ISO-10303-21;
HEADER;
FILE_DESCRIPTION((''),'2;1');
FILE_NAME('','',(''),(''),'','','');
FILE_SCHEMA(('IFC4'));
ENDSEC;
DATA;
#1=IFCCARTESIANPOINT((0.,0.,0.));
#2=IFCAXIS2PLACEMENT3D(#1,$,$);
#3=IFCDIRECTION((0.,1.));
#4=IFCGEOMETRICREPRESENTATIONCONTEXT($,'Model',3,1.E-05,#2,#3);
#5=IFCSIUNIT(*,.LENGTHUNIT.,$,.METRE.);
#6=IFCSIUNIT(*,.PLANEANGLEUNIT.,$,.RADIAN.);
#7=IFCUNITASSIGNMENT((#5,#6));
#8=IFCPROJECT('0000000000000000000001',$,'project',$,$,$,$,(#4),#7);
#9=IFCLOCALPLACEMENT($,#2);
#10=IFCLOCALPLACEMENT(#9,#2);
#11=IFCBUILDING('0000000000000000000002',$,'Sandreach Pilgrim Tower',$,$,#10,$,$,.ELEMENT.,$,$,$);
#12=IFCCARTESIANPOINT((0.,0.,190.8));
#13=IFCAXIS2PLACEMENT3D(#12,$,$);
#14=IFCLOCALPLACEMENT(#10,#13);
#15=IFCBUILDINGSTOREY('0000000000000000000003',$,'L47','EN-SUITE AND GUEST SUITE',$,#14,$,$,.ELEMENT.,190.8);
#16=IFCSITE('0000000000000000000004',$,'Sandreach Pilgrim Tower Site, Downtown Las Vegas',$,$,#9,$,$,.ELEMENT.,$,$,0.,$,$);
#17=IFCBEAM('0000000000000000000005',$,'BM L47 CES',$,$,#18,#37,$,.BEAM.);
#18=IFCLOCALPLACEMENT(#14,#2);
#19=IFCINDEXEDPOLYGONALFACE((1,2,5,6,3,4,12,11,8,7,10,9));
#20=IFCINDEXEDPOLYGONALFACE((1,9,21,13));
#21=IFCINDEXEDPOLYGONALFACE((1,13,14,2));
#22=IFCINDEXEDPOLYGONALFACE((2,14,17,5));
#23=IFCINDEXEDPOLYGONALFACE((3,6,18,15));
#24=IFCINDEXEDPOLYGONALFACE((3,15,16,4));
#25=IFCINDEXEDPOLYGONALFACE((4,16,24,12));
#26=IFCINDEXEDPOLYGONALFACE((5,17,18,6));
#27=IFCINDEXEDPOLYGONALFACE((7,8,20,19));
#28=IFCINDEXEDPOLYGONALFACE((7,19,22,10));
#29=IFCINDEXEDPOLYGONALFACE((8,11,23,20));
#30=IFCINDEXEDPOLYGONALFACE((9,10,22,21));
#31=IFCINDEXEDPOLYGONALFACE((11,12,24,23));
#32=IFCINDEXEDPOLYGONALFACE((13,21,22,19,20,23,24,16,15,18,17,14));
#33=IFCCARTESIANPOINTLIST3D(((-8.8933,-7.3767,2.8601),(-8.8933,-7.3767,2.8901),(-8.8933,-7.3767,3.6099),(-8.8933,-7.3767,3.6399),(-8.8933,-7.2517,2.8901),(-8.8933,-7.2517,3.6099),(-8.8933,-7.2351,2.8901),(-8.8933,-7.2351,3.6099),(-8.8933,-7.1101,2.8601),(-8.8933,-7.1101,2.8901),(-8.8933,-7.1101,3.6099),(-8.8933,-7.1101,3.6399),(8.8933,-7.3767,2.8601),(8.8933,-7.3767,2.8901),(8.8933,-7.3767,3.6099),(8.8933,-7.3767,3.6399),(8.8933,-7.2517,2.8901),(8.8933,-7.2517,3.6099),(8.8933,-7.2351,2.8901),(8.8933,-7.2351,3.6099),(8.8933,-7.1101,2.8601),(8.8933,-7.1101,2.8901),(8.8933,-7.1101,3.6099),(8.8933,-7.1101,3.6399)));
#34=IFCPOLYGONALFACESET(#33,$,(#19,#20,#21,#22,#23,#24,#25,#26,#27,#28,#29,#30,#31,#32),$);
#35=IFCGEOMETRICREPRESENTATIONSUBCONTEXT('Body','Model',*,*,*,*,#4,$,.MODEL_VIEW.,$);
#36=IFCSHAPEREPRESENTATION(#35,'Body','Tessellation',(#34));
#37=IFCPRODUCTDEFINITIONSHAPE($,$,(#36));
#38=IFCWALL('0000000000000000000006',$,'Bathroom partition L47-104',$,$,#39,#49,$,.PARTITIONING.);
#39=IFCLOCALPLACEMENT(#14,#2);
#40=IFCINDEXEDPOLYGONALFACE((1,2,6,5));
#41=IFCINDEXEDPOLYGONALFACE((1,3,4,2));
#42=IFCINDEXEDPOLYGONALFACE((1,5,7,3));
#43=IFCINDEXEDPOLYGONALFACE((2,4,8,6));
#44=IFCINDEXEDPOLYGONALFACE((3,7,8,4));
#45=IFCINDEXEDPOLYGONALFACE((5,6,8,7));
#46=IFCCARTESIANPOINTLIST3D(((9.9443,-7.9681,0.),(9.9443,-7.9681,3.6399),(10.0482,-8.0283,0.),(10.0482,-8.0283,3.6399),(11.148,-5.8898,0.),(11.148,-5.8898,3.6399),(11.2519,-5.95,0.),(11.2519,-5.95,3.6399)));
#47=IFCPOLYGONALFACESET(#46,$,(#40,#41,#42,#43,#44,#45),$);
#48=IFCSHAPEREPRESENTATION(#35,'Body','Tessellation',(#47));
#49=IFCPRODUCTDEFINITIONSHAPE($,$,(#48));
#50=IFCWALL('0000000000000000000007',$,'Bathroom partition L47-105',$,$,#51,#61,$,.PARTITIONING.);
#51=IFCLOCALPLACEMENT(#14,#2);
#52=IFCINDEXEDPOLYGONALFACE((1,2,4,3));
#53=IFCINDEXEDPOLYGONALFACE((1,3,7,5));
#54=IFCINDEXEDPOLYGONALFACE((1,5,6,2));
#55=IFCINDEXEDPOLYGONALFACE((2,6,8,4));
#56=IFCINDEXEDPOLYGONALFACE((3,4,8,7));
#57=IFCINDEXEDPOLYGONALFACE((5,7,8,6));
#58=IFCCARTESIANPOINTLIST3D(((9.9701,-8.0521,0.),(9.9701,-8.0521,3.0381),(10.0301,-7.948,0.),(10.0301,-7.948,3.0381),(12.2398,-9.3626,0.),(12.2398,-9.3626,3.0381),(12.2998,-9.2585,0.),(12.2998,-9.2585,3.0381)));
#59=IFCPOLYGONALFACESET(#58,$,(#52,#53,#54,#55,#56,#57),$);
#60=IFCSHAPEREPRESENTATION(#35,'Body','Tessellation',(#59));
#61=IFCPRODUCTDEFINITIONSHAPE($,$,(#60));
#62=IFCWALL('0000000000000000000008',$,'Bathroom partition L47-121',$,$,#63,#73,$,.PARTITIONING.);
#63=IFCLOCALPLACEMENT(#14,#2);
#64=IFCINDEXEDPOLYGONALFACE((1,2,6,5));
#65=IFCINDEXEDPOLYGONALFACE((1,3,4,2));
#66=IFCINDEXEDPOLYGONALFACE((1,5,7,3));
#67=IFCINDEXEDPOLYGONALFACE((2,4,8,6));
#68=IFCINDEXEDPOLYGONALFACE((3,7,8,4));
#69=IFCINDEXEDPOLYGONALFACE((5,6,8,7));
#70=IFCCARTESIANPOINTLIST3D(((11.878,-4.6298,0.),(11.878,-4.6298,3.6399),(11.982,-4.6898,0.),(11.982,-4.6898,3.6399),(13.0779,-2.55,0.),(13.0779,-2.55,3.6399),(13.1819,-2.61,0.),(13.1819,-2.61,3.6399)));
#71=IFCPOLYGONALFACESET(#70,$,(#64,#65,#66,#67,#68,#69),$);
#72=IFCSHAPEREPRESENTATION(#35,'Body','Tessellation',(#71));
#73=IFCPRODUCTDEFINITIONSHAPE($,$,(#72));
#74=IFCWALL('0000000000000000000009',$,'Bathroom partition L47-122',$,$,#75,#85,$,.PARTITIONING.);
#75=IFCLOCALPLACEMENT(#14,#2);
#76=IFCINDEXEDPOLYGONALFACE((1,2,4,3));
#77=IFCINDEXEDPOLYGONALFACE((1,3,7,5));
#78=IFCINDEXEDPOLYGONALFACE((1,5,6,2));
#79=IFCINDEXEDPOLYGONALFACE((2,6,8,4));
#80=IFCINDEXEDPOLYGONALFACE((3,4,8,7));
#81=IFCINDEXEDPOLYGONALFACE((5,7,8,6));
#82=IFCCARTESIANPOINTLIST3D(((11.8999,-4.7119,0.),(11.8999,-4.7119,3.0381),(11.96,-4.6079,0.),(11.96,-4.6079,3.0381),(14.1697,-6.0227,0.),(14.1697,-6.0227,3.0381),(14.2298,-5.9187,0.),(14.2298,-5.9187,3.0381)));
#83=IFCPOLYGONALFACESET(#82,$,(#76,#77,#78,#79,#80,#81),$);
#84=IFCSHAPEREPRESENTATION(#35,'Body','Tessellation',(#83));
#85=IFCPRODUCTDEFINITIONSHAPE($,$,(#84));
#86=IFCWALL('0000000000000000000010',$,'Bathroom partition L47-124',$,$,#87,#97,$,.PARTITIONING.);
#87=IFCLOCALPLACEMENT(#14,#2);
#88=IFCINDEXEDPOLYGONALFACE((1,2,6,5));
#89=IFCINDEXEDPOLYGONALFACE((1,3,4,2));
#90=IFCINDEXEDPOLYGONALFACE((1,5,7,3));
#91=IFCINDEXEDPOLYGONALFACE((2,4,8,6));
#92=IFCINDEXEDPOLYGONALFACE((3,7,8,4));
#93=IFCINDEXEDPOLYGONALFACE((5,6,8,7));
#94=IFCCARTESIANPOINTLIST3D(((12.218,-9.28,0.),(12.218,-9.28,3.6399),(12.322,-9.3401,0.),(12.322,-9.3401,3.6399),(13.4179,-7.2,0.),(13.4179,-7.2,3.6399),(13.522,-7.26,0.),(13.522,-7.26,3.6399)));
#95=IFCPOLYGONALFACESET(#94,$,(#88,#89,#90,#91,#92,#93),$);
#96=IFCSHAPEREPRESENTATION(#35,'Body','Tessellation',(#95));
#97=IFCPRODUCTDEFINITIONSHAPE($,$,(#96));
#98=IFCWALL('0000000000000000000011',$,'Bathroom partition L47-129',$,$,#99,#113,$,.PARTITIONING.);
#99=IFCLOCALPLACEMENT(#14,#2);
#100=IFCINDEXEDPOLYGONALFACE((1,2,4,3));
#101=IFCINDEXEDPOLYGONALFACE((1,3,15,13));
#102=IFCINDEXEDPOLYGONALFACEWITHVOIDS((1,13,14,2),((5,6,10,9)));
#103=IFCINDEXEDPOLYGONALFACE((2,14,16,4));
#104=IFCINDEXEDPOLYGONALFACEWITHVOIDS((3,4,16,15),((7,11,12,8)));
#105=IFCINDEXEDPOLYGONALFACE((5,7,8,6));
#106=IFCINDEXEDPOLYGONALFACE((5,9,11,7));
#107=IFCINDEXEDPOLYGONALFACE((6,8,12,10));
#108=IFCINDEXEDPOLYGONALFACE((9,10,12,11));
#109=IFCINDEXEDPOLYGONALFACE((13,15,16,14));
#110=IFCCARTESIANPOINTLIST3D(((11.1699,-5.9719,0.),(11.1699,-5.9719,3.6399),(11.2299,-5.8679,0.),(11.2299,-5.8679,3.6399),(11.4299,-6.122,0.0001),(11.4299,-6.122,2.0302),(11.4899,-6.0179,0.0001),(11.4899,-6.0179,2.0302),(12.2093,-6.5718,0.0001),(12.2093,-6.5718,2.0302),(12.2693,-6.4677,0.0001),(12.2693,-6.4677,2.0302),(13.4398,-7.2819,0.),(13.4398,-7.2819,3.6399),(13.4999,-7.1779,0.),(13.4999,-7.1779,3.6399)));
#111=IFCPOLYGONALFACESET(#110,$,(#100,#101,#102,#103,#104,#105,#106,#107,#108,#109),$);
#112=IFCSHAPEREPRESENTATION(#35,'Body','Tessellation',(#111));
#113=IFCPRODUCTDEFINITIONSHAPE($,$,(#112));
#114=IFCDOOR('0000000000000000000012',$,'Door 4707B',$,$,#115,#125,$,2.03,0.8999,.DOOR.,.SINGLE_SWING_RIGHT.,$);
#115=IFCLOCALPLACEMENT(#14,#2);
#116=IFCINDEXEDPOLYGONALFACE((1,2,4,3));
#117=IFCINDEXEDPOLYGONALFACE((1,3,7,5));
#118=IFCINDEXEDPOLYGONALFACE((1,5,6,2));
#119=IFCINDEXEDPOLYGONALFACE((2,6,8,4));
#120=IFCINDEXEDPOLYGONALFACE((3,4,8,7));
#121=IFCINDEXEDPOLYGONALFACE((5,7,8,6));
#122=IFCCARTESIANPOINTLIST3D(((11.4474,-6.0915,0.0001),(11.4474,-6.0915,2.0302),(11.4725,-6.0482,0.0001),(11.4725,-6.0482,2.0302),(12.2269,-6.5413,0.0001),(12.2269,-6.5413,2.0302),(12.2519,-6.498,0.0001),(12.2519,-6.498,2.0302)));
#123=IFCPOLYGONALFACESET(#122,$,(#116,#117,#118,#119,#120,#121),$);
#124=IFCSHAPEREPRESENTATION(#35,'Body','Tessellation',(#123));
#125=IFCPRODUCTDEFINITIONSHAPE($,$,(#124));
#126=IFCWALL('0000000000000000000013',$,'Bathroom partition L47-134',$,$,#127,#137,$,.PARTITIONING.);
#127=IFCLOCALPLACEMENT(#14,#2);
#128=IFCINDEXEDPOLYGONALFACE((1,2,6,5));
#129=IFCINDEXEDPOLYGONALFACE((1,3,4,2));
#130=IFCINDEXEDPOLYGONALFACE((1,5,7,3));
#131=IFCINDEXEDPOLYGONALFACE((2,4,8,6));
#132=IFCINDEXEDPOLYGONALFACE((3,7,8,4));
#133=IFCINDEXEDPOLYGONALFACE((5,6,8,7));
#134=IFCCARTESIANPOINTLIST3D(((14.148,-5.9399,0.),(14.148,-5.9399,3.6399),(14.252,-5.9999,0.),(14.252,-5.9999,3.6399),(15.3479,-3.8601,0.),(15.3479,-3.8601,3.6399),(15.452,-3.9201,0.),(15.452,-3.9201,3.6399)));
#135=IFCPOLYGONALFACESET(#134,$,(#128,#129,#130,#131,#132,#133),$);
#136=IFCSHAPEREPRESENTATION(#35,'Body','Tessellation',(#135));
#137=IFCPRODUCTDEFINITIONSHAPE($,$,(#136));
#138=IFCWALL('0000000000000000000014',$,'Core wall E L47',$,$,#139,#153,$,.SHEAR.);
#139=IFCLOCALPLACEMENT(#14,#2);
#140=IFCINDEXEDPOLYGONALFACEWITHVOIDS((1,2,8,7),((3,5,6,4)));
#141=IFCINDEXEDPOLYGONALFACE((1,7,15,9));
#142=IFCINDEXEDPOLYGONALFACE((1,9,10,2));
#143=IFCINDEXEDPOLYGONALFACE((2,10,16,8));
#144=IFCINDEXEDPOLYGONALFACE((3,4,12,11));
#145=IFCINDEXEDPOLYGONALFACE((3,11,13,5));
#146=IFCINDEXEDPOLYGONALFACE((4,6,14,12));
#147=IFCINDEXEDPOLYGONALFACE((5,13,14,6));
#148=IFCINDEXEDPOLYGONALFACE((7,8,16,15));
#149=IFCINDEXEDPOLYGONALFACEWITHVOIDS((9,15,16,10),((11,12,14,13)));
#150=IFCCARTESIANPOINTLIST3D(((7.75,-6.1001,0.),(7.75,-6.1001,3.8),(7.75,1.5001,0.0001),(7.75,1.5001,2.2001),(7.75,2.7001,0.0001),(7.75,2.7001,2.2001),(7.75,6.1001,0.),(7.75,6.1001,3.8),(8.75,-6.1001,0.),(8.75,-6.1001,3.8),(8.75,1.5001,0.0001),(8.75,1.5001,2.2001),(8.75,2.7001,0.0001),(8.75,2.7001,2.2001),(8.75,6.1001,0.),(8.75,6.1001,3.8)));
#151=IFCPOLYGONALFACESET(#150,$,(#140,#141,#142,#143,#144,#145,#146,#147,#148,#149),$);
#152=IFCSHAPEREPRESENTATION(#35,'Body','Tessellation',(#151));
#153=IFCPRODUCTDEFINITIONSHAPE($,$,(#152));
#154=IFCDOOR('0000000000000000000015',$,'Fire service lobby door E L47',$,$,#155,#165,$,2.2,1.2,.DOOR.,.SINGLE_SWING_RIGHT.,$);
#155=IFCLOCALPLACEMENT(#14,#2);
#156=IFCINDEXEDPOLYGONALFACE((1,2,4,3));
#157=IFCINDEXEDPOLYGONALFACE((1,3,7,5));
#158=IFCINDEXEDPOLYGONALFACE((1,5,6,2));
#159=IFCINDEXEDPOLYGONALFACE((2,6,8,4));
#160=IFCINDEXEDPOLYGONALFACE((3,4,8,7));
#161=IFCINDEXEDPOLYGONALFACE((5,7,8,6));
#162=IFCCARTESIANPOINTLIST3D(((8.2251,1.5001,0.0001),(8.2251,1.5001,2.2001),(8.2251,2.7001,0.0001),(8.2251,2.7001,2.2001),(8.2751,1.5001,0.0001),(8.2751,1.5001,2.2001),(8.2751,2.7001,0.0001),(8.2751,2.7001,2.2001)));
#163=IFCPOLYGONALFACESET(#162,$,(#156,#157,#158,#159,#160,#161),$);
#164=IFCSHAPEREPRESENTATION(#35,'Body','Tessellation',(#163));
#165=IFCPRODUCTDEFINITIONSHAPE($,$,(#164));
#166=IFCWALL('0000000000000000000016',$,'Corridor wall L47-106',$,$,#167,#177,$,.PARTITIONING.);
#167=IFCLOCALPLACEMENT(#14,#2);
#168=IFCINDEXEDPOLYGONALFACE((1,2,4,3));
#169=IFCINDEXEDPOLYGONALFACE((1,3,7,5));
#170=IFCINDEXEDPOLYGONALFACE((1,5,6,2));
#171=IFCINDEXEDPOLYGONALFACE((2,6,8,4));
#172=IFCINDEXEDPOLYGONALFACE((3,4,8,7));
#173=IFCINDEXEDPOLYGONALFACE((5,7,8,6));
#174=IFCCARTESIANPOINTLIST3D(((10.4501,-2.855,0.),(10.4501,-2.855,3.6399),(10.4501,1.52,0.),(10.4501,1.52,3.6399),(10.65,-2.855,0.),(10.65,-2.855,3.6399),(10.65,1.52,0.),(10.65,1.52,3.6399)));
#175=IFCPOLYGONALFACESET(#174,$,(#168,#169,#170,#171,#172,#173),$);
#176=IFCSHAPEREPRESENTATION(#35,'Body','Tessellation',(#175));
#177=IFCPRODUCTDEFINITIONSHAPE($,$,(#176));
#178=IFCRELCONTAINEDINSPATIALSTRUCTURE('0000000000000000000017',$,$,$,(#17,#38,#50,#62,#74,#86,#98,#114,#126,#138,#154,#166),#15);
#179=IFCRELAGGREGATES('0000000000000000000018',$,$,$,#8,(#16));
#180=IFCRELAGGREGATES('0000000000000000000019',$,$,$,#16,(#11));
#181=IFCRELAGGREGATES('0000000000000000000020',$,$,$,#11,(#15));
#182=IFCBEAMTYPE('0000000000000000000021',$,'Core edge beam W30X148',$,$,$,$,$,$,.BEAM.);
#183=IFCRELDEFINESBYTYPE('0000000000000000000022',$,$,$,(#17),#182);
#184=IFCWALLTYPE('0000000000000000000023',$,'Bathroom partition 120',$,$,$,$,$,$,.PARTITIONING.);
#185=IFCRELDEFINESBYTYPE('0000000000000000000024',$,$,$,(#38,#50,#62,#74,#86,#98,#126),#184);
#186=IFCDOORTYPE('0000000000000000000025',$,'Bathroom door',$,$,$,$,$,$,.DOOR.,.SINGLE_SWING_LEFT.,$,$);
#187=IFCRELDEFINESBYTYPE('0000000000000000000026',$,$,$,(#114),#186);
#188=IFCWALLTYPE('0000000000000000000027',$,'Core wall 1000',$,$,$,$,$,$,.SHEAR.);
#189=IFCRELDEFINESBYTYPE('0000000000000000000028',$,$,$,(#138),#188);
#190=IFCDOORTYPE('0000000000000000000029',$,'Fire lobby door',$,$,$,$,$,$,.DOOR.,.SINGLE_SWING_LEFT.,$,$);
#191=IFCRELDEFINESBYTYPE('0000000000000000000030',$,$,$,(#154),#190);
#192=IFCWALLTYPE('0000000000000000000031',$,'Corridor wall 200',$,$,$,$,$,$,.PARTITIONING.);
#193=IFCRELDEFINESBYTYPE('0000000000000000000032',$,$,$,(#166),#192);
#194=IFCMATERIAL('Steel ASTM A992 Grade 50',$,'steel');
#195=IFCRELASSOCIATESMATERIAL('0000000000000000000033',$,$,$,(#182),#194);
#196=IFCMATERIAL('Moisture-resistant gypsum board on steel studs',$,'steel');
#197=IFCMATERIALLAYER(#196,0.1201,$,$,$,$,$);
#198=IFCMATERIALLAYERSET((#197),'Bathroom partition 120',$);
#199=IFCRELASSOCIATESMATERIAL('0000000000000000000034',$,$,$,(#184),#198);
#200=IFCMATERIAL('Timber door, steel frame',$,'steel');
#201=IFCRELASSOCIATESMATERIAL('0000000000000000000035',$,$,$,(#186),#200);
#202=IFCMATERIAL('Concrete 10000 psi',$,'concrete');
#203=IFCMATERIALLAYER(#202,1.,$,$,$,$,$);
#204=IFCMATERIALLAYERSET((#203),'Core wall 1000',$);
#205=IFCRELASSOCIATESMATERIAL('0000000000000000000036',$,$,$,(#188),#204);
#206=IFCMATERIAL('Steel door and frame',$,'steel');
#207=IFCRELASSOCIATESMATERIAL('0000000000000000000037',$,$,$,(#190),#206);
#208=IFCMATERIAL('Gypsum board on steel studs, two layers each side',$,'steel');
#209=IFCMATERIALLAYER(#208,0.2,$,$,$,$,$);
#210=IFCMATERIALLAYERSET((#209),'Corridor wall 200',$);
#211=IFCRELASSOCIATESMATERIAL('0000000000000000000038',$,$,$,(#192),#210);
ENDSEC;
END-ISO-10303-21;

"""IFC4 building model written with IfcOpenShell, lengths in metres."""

from ifc_helpers import new_model, si_unit, direction, frame, frame_2d, origin, origin_2d, place, context, subcontext, project, spatial, rectangle, i_section, extrude, material, layer, layer_set, material_profile, profile_set, type_object, element, fill, save


model = new_model("IFC4")

# Units and contexts
model_context = context("Model", 3, precision=1e-05, world=origin(), true_north=direction((0.0, 1.0)))
body_context = subcontext(model_context, "Body", "Model", "MODEL_VIEW")
ifc_project = project(units=[si_unit("LENGTHUNIT", "METRE"), si_unit("PLANEANGLEUNIT", "RADIAN")], contexts=[model_context])

# Site, building, storey
site_placement = place(None, origin())
site = spatial("IfcSite", under=ifc_project, at=site_placement, Name="Sandreach Pilgrim Tower Site, Downtown Las Vegas", CompositionType="ELEMENT", RefElevation=0.0)
building_placement = place(site_placement, origin())
building = spatial("IfcBuilding", under=site, at=building_placement, Name="Sandreach Pilgrim Tower", CompositionType="ELEMENT")
storey_placement = place(building_placement, frame((0.0, 0.0, 190.8)))
storey = spatial("IfcBuildingStorey", under=building, at=storey_placement, Name="L47", Description="EN-SUITE AND GUEST SUITE", CompositionType="ELEMENT", Elevation=190.8)

# Beam
ifc_material_1 = material(Name="Steel ASTM A992 Grade 50", Category="steel")
ifc_material_profile = material_profile(ifc_material_1, i_section(OverallWidth=0.2666, OverallDepth=0.7798, WebThickness=0.0166, FlangeThickness=0.03, at=origin_2d()), Name="W30X148")
ifc_profile_set = profile_set([ifc_material_profile], Name="Steel ASTM A992 Grade 50")
beam_type = type_object("IfcBeamType", Name="Core edge beam W30X148", PredefinedType="BEAM", material=ifc_profile_set)
beam_placement = place(storey_placement, frame((8.8933, -7.2434, 3.25), z_axis=(-1.0, 0.0, 0.0), x_axis=(0.0, -1.0, 0.0)))
element("IfcBeam", 1, at=beam_placement, inside=storey, type_object=beam_type, Name="BM L47 CES", PredefinedType="BEAM", context=body_context, shape_type="SweptSolid", body=[
    extrude(i_section(OverallWidth=0.2666, OverallDepth=0.7798, WebThickness=0.0166, FlangeThickness=0.03, at=origin_2d()), origin(), (0.0, 0.0, 1.0), 17.7866),
])

# Walls
ifc_material_2 = material(Name="Moisture-resistant gypsum board on steel studs", Category="steel")
ifc_layer_1 = layer(ifc_material_2, 0.1201)
ifc_layer_set_1 = layer_set([ifc_layer_1], Name="Bathroom partition 120")
wall_type_1 = type_object("IfcWallType", Name="Bathroom partition 120", PredefinedType="PARTITIONING", material=ifc_layer_set_1)
wall_1_placement = place(storey_placement, frame((9.9963, -7.998, 0.0), z_axis=(0.0, 0.0, 1.0), x_axis=(0.501189, 0.865338, 0.0)))
element("IfcWall", 2, at=wall_1_placement, inside=storey, type_object=wall_type_1, Name="Bathroom partition L47-104", PredefinedType="PARTITIONING", context=body_context, shape_type="SweptSolid", body=[
    extrude(rectangle(XDim=2.4016, YDim=0.1201, at=frame_2d((1.2007, 0.0))), origin(), (0.0, 0.0, 1.0), 3.6399),
])
wall_2_placement = place(storey_placement, frame((10.0, -8.0, 0.0), z_axis=(0.0, 0.0, 1.0), x_axis=(0.86601, -0.500026, 0.0)))
element("IfcWall", 3, at=wall_2_placement, inside=storey, type_object=wall_type_1, Name="Bathroom partition L47-105", PredefinedType="PARTITIONING", context=body_context, shape_type="SweptSolid", body=[
    extrude(rectangle(XDim=2.6208, YDim=0.1201, at=frame_2d((1.3105, 0.0))), origin(), (0.0, 0.0, 1.0), 3.0381),
])
wall_3_placement = place(storey_placement, frame((11.9299, -4.6599, 0.0), z_axis=(0.0, 0.0, 1.0), x_axis=(0.499737, 0.866177, 0.0)))
element("IfcWall", 4, at=wall_3_placement, inside=storey, type_object=wall_type_1, Name="Bathroom partition L47-121", PredefinedType="PARTITIONING", context=body_context, shape_type="SweptSolid", body=[
    extrude(rectangle(XDim=2.4011, YDim=0.1201, at=frame_2d((1.2007, 0.0))), origin(), (0.0, 0.0, 1.0), 3.6399),
])
wall_4_placement = place(storey_placement, frame((11.9299, -4.6599, 0.0), z_axis=(0.0, 0.0, 1.0), x_axis=(0.86597, -0.500096, 0.0)))
element("IfcWall", 5, at=wall_4_placement, inside=storey, type_object=wall_type_1, Name="Bathroom partition L47-122", PredefinedType="PARTITIONING", context=body_context, shape_type="SweptSolid", body=[
    extrude(rectangle(XDim=2.6211, YDim=0.1201, at=frame_2d((1.3105, 0.0))), origin(), (0.0, 0.0, 1.0), 3.0381),
])
wall_5_placement = place(storey_placement, frame((12.27, -9.3101, 0.0), z_axis=(0.0, 0.0, 1.0), x_axis=(0.499693, 0.866203, 0.0)))
element("IfcWall", 6, at=wall_5_placement, inside=storey, type_object=wall_type_1, Name="Bathroom partition L47-124", PredefinedType="PARTITIONING", context=body_context, shape_type="SweptSolid", body=[
    extrude(rectangle(XDim=2.4014, YDim=0.1201, at=frame_2d((1.2007, 0.0))), origin(), (0.0, 0.0, 1.0), 3.6399),
])

# Wall, opening, door
wall_6_placement = place(storey_placement, frame((13.47, -7.23, 0.0), z_axis=(0.0, 0.0, 1.0), x_axis=(-0.866114, 0.499846, 0.0)))
wall_6 = element("IfcWall", 7, at=wall_6_placement, inside=storey, type_object=wall_type_1, Name="Bathroom partition L47-129", PredefinedType="PARTITIONING", context=body_context, shape_type="SweptSolid", body=[
    extrude(rectangle(XDim=2.6208, YDim=0.1201, at=frame_2d((1.3105, 0.0))), origin(), (0.0, 0.0, 1.0), 3.6399),
])
opening_1_placement = place(wall_6_placement, frame((1.4209, 0.0, 0.0)))
opening_1 = element("IfcOpeningElement", 8, at=opening_1_placement, cuts=wall_6, PredefinedType="OPENING", context=body_context, shape_type="SweptSolid", body=[
    extrude(rectangle(XDim=0.8999, YDim=2.03, at=frame_2d((0.45, 1.0151))), frame((0.0, 0.0601, 0.0), z_axis=(0.0, -1.0, 0.0), x_axis=(1.0, 0.0, 0.0)), (0.0, 0.0, 1.0), 0.1201),
])
ifc_material_3 = material(Name="Timber door, steel frame", Category="steel")
door_type_1 = type_object("IfcDoorType", Name="Bathroom door", OperationType="SINGLE_SWING_LEFT", PredefinedType="DOOR", material=ifc_material_3)
door_1_placement = place(opening_1_placement, origin())
door_1 = element("IfcDoor", 9, at=door_1_placement, inside=storey, type_object=door_type_1, Name="Door 4707B", OperationType="SINGLE_SWING_RIGHT", OverallHeight=2.03, OverallWidth=0.8999, PredefinedType="DOOR", context=body_context, shape_type="SweptSolid", body=[
    extrude(rectangle(XDim=0.8999, YDim=2.03, at=frame_2d((0.45, 1.0151))), frame((0.0, 0.0249, 0.0), z_axis=(0.0, -1.0, 0.0), x_axis=(1.0, 0.0, 0.0)), (0.0, 0.0, 1.0), 0.05),
])
fill(opening_1, door_1)

# Wall
wall_7_placement = place(storey_placement, frame((14.2, -5.97, 0.0), z_axis=(0.0, 0.0, 1.0), x_axis=(0.499737, 0.866177, 0.0)))
element("IfcWall", 10, at=wall_7_placement, inside=storey, type_object=wall_type_1, Name="Bathroom partition L47-134", PredefinedType="PARTITIONING", context=body_context, shape_type="SweptSolid", body=[
    extrude(rectangle(XDim=2.4011, YDim=0.1201, at=frame_2d((1.2007, 0.0))), origin(), (0.0, 0.0, 1.0), 3.6399),
])

# Wall, opening, door
ifc_material_4 = material(Name="Concrete 10000 psi", Category="concrete")
ifc_layer_2 = layer(ifc_material_4, 1.0)
ifc_layer_set_2 = layer_set([ifc_layer_2], Name="Core wall 1000")
wall_type_2 = type_object("IfcWallType", Name="Core wall 1000", PredefinedType="SHEAR", material=ifc_layer_set_2)
wall_8_placement = place(storey_placement, frame((8.25, -6.1001, 0.0), z_axis=(0.0, 0.0, 1.0), x_axis=(0.0, 1.0, 0.0)))
wall_8 = element("IfcWall", 11, at=wall_8_placement, inside=storey, type_object=wall_type_2, Name="Core wall E L47", PredefinedType="SHEAR", context=body_context, shape_type="SweptSolid", body=[
    extrude(rectangle(XDim=12.2002, YDim=1.0, at=frame_2d((6.1001, 0.0))), origin(), (0.0, 0.0, 1.0), 3.8),
])
opening_2_placement = place(wall_8_placement, frame((7.6001, 0.0, 0.0)))
opening_2 = element("IfcOpeningElement", 12, at=opening_2_placement, cuts=wall_8, PredefinedType="OPENING", context=body_context, shape_type="SweptSolid", body=[
    extrude(rectangle(XDim=1.2, YDim=2.2, at=frame_2d((0.6001, 1.1001))), frame((0.0, 0.5, 0.0), z_axis=(0.0, -1.0, 0.0), x_axis=(1.0, 0.0, 0.0)), (0.0, 0.0, 1.0), 1.0),
])
ifc_material_5 = material(Name="Steel door and frame", Category="steel")
door_type_2 = type_object("IfcDoorType", Name="Fire lobby door", OperationType="SINGLE_SWING_LEFT", PredefinedType="DOOR", material=ifc_material_5)
door_2_placement = place(opening_2_placement, origin())
door_2 = element("IfcDoor", 13, at=door_2_placement, inside=storey, type_object=door_type_2, Name="Fire service lobby door E L47", OperationType="SINGLE_SWING_RIGHT", OverallHeight=2.2, OverallWidth=1.2, PredefinedType="DOOR", context=body_context, shape_type="SweptSolid", body=[
    extrude(rectangle(XDim=1.2, YDim=2.2, at=frame_2d((0.6001, 1.1001))), frame((0.0, 0.0249, 0.0), z_axis=(0.0, -1.0, 0.0), x_axis=(1.0, 0.0, 0.0)), (0.0, 0.0, 1.0), 0.05),
])
fill(opening_2, door_2)
ifc_material_6 = material(Name="Gypsum board on steel studs, two layers each side", Category="steel")
ifc_layer_3 = layer(ifc_material_6, 0.2)
ifc_layer_set_3 = layer_set([ifc_layer_3], Name="Corridor wall 200")
wall_type_3 = type_object("IfcWallType", Name="Corridor wall 200", PredefinedType="PARTITIONING", material=ifc_layer_set_3)

# Wall
wall_9_placement = place(storey_placement, frame((10.55, -2.855, 0.0), z_axis=(0.0, 0.0, 1.0), x_axis=(0.0, 1.0, 0.0)))
element("IfcWall", 14, at=wall_9_placement, inside=storey, type_object=wall_type_3, Name="Corridor wall L47-106", PredefinedType="PARTITIONING", context=body_context, shape_type="SweptSolid", body=[
    extrude(rectangle(XDim=4.375, YDim=0.2, at=frame_2d((2.1875, 0.0))), origin(), (0.0, 0.0, 1.0), 3.6399),
])

save(model, "model.ifc")
